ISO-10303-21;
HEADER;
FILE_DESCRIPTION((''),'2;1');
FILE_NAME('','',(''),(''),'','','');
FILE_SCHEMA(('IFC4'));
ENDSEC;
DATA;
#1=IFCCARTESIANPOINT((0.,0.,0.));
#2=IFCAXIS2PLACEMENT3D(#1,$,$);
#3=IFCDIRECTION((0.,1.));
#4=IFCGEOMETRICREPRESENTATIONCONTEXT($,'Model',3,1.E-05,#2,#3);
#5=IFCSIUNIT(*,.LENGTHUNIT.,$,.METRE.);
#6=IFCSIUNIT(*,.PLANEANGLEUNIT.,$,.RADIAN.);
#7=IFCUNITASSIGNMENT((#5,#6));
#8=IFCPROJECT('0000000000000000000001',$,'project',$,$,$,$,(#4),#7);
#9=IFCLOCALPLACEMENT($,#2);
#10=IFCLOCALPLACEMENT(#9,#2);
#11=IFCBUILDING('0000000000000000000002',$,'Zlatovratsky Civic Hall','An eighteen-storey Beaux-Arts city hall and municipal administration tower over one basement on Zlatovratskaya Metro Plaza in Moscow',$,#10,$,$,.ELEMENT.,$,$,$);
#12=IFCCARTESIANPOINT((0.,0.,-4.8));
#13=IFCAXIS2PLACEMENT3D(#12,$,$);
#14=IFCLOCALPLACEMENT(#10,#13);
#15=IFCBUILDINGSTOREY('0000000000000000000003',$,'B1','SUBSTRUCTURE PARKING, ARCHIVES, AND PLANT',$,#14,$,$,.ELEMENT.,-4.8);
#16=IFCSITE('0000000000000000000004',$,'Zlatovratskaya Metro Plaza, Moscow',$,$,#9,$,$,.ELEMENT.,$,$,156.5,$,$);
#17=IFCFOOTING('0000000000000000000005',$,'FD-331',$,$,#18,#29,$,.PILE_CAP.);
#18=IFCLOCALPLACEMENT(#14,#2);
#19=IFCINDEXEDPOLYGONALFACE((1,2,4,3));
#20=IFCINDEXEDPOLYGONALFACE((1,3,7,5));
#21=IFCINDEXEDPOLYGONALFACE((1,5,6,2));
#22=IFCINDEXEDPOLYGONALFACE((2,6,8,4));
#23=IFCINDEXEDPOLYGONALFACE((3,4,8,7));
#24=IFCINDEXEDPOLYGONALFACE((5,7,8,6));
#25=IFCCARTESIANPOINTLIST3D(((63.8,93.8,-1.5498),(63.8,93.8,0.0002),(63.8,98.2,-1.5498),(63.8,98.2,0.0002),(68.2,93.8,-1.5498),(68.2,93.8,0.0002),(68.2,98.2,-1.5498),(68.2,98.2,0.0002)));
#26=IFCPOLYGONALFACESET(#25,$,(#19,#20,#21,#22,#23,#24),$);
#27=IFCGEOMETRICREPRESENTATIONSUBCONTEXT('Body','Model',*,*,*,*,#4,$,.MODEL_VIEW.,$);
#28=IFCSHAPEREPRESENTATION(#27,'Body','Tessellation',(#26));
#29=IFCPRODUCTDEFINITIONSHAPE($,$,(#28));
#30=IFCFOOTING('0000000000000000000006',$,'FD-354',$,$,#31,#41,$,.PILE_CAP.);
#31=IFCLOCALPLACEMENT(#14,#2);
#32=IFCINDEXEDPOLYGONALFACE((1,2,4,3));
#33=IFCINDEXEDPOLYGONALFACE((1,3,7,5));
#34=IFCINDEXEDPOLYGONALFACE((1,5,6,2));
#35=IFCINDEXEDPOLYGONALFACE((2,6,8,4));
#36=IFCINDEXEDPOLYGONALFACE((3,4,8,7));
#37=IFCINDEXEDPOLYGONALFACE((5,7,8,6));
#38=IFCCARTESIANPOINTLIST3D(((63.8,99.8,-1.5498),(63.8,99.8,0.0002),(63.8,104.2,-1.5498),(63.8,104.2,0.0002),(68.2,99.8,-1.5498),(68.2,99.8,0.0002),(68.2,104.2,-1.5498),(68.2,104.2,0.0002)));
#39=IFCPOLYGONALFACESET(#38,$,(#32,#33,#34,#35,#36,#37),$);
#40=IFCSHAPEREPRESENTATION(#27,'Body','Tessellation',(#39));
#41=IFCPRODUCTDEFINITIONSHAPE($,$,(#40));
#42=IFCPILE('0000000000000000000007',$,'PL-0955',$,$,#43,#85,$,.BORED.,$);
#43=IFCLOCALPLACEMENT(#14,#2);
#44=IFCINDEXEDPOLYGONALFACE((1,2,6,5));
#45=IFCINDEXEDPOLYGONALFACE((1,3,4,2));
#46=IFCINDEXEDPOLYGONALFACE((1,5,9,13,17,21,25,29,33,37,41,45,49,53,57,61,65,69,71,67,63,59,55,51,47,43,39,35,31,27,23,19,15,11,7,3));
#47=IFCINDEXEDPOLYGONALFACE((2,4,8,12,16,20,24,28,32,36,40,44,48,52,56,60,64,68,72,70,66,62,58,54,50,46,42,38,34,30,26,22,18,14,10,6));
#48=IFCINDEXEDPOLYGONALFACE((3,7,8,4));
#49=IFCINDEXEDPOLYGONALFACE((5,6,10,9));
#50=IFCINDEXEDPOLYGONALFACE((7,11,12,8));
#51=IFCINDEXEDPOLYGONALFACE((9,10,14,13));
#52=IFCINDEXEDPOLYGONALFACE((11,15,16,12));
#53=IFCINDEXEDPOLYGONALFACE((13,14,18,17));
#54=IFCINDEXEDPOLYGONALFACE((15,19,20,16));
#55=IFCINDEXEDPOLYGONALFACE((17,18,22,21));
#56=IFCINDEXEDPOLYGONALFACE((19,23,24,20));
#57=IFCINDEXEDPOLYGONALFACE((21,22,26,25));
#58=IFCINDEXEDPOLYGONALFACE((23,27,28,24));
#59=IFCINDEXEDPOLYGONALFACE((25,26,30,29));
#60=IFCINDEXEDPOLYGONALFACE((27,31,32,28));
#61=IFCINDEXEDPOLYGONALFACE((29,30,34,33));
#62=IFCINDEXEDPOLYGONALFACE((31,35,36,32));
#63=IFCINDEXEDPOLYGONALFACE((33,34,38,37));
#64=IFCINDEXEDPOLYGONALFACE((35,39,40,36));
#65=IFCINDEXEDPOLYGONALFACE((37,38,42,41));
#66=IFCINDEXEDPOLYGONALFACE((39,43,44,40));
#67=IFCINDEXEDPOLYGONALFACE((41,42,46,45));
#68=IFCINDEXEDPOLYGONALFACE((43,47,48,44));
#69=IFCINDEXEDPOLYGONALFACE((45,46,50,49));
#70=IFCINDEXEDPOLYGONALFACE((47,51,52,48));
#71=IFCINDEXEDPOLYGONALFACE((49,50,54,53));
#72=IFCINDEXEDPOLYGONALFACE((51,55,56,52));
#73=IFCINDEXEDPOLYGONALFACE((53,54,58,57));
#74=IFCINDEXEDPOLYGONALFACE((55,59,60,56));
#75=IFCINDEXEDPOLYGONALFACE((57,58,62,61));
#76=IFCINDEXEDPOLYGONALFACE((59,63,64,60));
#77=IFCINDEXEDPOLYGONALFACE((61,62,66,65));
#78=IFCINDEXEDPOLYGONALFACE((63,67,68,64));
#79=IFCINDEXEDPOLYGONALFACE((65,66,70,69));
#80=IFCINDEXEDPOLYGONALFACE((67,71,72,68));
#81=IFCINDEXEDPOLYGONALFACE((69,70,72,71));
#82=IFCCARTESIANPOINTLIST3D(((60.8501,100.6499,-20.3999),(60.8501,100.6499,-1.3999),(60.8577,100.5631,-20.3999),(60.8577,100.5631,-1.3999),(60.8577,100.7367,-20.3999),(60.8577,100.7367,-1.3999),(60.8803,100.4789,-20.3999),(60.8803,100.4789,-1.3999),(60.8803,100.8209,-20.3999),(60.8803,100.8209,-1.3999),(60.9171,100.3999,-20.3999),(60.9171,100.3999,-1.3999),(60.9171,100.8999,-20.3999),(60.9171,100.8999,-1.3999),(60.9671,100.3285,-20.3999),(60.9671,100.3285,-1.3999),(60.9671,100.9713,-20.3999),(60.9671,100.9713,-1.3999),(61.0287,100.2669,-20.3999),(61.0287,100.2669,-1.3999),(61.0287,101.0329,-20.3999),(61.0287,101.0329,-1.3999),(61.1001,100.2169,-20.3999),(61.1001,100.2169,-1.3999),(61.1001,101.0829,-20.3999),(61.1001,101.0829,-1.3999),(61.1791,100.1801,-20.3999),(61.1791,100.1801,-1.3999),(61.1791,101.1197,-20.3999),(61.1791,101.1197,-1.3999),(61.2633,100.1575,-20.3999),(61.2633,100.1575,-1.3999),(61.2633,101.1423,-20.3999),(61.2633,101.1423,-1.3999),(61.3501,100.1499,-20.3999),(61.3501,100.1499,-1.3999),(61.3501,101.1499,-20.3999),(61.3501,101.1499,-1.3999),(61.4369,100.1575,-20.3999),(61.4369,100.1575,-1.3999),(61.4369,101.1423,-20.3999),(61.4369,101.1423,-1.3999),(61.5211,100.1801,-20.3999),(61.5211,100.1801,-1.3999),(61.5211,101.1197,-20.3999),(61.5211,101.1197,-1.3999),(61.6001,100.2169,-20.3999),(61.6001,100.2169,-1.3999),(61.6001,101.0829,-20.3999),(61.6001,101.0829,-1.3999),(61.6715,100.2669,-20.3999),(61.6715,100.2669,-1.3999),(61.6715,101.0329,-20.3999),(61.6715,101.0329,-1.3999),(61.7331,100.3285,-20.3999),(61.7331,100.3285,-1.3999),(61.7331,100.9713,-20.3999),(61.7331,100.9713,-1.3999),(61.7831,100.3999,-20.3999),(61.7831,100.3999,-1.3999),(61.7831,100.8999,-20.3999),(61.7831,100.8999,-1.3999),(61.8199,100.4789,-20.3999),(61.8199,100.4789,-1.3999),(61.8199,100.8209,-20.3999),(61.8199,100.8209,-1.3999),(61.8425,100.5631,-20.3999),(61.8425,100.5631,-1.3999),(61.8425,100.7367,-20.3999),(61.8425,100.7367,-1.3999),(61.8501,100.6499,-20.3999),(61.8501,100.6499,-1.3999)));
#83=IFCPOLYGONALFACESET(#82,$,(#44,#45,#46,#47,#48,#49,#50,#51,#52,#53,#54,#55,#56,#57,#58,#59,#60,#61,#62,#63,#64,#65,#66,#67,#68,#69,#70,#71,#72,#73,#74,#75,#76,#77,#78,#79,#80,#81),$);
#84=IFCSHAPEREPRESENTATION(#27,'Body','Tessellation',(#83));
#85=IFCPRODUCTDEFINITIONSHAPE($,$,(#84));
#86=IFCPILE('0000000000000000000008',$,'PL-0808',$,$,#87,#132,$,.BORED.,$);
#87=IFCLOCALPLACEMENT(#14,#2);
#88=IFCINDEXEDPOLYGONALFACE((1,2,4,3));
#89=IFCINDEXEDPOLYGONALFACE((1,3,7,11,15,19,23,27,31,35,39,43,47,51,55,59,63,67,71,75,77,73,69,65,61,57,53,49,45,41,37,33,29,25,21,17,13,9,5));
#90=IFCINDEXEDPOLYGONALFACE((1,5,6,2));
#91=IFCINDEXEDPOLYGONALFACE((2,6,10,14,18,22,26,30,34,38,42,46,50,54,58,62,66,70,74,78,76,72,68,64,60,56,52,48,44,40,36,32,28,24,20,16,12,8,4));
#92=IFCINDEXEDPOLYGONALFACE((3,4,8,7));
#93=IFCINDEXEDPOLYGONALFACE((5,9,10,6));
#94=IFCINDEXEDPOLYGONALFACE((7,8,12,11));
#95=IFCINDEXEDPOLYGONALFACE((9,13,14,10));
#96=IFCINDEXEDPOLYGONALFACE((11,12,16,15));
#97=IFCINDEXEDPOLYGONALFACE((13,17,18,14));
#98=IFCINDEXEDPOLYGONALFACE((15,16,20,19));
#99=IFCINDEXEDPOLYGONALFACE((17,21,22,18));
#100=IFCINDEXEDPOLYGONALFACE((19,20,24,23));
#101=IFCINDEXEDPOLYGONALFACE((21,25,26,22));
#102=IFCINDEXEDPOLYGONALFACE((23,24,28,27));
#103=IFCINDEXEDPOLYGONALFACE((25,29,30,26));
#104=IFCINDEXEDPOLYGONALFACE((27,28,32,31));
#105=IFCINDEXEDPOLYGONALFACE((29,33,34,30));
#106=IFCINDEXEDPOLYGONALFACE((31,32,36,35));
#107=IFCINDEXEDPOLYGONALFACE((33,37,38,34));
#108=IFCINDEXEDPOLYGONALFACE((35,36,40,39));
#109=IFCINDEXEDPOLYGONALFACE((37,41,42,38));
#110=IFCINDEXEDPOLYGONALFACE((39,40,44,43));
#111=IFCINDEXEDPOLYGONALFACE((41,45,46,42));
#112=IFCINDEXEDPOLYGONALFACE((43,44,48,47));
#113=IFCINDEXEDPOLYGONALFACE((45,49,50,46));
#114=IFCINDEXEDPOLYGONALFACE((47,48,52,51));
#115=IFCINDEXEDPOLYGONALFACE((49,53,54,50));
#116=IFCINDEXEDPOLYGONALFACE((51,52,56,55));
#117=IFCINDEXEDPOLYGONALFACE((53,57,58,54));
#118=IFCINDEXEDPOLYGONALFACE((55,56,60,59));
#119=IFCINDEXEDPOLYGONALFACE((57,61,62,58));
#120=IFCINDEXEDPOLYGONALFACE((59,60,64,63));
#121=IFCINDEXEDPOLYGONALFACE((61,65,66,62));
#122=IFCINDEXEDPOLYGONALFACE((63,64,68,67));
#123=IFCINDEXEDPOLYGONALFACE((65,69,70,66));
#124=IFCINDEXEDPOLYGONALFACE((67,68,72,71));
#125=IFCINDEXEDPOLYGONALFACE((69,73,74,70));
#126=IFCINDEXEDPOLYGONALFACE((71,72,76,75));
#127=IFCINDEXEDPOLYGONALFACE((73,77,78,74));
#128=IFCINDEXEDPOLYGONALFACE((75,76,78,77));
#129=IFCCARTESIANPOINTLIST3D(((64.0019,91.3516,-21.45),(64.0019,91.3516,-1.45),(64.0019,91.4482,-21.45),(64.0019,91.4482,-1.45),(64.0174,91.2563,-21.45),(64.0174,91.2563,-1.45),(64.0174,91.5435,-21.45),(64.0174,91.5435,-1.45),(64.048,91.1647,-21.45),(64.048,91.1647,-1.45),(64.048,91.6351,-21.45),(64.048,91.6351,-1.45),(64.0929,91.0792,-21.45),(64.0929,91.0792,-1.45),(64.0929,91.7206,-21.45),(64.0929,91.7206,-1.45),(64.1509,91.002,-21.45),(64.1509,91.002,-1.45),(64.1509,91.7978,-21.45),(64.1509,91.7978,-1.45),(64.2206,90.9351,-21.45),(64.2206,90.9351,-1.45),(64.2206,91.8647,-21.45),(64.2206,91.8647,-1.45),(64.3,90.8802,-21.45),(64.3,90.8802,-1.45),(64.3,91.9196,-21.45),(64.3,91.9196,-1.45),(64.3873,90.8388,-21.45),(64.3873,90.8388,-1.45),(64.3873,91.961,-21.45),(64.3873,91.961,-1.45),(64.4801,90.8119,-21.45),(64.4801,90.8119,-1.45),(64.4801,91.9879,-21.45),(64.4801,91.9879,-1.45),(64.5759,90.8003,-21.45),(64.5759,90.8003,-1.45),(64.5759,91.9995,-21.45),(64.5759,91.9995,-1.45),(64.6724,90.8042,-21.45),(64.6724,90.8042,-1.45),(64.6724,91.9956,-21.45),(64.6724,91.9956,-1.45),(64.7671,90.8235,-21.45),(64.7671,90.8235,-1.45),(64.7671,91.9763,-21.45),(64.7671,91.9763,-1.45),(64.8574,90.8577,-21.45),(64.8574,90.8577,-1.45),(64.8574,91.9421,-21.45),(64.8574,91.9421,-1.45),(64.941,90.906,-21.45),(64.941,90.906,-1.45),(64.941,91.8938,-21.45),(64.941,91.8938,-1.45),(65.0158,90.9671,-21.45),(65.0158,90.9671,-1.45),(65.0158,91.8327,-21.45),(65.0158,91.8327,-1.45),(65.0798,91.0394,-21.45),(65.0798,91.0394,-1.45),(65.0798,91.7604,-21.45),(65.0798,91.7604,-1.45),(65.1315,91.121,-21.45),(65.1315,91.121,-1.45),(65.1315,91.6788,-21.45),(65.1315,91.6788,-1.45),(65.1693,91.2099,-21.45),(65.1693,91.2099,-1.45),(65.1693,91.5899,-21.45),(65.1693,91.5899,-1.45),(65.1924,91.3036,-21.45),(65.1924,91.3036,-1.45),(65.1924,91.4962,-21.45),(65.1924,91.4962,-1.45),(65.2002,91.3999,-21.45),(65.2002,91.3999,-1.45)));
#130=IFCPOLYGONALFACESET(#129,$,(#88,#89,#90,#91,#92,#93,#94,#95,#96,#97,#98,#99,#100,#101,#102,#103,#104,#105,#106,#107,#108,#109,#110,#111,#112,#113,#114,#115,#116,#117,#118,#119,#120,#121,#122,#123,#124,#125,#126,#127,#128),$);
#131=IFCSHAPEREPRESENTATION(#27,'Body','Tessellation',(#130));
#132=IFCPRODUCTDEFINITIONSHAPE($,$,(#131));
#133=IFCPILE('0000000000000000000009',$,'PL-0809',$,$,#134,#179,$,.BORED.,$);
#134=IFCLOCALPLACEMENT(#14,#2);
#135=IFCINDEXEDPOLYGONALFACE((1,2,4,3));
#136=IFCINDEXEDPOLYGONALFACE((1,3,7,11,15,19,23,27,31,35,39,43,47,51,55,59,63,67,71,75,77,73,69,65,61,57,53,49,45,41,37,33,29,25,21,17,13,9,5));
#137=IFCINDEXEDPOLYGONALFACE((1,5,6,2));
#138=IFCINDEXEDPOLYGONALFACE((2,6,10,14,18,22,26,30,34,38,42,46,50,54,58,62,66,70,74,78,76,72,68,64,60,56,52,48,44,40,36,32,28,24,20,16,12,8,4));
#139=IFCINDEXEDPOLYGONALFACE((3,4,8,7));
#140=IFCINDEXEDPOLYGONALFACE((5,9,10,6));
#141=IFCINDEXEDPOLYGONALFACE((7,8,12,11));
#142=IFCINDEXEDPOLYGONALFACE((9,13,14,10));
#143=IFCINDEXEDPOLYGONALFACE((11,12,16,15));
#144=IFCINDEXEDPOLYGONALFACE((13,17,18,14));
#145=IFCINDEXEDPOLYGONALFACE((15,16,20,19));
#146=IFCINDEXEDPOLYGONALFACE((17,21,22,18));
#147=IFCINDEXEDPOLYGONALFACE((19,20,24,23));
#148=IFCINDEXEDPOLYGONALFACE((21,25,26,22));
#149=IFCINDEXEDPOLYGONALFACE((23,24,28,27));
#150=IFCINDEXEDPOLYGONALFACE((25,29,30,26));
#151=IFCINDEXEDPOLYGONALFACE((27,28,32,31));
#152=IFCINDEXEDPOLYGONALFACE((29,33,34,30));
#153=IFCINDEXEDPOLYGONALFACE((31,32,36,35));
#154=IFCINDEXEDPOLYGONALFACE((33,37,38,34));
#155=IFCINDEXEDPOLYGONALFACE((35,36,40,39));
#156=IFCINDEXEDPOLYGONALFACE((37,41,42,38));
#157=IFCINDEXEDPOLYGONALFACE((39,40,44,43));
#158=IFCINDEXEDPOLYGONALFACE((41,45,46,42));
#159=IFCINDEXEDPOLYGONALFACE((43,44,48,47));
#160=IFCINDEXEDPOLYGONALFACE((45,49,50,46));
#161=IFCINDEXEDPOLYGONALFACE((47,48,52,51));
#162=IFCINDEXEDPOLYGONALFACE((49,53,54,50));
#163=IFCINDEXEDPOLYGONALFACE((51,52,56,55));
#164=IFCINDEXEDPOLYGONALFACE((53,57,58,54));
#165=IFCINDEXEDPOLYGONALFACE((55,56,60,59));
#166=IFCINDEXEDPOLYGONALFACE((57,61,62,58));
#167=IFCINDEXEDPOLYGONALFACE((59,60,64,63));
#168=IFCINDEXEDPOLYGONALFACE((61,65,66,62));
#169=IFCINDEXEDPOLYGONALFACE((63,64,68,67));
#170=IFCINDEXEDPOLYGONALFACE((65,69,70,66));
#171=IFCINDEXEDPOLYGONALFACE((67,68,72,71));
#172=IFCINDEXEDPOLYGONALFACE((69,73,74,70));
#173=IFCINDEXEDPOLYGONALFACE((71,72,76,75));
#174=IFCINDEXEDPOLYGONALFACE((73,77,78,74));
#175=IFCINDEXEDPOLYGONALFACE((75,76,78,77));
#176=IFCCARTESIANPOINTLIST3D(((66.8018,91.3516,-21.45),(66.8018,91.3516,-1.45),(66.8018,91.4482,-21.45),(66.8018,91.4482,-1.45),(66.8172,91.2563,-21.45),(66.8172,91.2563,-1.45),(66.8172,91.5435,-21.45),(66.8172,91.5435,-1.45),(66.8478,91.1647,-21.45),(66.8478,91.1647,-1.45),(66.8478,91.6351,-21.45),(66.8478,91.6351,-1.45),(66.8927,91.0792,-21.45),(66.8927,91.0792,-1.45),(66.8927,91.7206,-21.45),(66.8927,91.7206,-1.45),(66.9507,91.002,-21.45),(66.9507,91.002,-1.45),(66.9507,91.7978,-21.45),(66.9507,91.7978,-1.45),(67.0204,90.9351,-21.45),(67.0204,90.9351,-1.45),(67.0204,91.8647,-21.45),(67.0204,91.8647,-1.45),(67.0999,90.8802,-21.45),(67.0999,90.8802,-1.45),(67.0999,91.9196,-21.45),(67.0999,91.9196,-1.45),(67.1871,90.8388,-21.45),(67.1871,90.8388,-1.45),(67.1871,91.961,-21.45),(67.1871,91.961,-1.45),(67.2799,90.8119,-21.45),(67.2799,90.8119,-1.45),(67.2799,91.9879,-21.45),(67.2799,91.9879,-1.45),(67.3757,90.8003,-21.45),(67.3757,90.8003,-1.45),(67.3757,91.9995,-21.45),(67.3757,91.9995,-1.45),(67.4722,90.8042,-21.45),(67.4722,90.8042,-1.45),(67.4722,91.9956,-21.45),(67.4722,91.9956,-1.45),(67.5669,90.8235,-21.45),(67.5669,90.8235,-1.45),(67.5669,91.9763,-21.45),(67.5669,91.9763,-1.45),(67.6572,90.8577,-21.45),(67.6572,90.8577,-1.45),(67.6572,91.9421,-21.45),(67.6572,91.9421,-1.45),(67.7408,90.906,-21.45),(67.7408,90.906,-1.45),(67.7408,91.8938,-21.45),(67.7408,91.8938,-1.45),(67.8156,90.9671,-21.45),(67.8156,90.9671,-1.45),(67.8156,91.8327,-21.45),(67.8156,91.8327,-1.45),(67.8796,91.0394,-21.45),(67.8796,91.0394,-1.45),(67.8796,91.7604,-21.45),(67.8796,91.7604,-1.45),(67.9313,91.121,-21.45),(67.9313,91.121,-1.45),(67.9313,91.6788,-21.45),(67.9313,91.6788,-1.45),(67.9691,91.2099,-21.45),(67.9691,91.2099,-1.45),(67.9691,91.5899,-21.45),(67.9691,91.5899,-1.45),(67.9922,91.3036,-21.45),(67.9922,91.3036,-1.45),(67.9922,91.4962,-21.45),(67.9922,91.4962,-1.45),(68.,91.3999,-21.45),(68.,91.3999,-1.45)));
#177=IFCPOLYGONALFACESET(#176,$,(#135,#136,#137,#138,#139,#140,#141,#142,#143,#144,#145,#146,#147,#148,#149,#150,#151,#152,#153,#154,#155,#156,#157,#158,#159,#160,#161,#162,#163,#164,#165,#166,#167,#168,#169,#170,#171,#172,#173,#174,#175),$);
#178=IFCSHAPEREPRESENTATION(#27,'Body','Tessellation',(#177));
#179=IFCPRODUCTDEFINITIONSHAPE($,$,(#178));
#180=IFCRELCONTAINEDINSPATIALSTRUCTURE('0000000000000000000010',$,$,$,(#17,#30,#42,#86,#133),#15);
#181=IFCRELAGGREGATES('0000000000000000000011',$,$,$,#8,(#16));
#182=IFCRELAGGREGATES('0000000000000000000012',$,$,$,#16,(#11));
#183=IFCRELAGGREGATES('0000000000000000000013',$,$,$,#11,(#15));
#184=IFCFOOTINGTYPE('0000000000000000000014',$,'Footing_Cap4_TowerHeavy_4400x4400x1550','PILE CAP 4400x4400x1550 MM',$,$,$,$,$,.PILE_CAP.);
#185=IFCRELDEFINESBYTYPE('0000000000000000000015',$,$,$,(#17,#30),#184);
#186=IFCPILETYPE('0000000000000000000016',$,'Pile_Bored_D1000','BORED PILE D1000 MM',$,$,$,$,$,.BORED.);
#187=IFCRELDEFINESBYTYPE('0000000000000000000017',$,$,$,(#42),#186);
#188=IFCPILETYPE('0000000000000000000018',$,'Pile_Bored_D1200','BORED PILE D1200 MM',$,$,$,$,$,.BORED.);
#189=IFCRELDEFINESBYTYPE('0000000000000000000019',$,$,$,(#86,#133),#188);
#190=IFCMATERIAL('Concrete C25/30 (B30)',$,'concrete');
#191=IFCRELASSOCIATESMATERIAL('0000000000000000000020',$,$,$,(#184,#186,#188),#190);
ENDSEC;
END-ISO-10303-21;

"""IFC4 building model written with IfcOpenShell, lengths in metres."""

from ifc_helpers import new_model, si_unit, direction, frame, origin, origin_2d, place, context, subcontext, project, spatial, rectangle, circle, extrude, material, material_profile, profile_set, type_object, element, save


model = new_model("IFC4")

# Units and contexts
model_context = context("Model", 3, precision=1e-05, world=origin(), true_north=direction((0.0, 1.0)))
body_context = subcontext(model_context, "Body", "Model", "MODEL_VIEW")
ifc_project = project(units=[si_unit("LENGTHUNIT", "METRE"), si_unit("PLANEANGLEUNIT", "RADIAN")], contexts=[model_context])

# Site, building, storey
site_placement = place(None, origin())
site = spatial("IfcSite", under=ifc_project, at=site_placement, Name="Zlatovratskaya Metro Plaza, Moscow", CompositionType="ELEMENT", RefElevation=156.5)
building_placement = place(site_placement, origin())
building = spatial("IfcBuilding", under=site, at=building_placement, Name="Zlatovratsky Civic Hall", Description="An eighteen-storey Beaux-Arts city hall and municipal administration tower over one basement on Zlatovratskaya Metro Plaza in Moscow", CompositionType="ELEMENT")
storey_placement = place(building_placement, frame((0.0, 0.0, -4.8)))
storey = spatial("IfcBuildingStorey", under=building, at=storey_placement, Name="B1", Description="SUBSTRUCTURE PARKING, ARCHIVES, AND PLANT", CompositionType="ELEMENT", Elevation=-4.8)

# Footings
ifc_material_1 = material(Name="Concrete C25/30 (B30)", Category="concrete")
footing_type = type_object("IfcFootingType", Name="Footing_Cap4_TowerHeavy_4400x4400x1550", Description="PILE CAP 4400x4400x1550 MM", PredefinedType="PILE_CAP", material=ifc_material_1)
for number, where, z_axis, x_axis, name in (
    (1, (66.0, 96.0, -1.5498), (0.0, 0.0, 1.0), (1.0, 0.0, 0.0), "FD-331"),
    (2, (66.0, 102.0, -1.5498), (0.0, 0.0, 1.0), (1.0, 0.0, 0.0), "FD-354"),
):
    element("IfcFooting", number, at=place(storey_placement, frame(where, z_axis=z_axis, x_axis=x_axis)), inside=storey, type_object=footing_type, Name=name, PredefinedType="PILE_CAP", context=body_context, shape_type="SweptSolid", body=[
        extrude(rectangle(XDim=4.3999, YDim=4.3999, at=origin_2d()), origin(), (0.0, 0.0, 1.0), 1.55),
    ])

# Piles
ifc_material_profile_1 = material_profile(ifc_material_1, circle(Radius=0.5, at=origin_2d()), Name="PILE D1000")
ifc_profile_set_1 = profile_set([ifc_material_profile_1], Name="Concrete C25/30 (B30)")
pile_type_1 = type_object("IfcPileType", Name="Pile_Bored_D1000", Description="BORED PILE D1000 MM", PredefinedType="BORED", material=ifc_profile_set_1)
pile_placement = place(storey_placement, frame((61.3501, 100.6499, -1.3999), z_axis=(0.0, 0.0, -1.0), x_axis=(1.0, 0.0, 0.0)))
element("IfcPile", 3, at=pile_placement, inside=storey, type_object=pile_type_1, Name="PL-0955", PredefinedType="BORED", context=body_context, shape_type="SweptSolid", body=[
    extrude(circle(Radius=0.5, at=origin_2d()), origin(), (0.0, 0.0, 1.0), 19.0),
])
ifc_material_profile_2 = material_profile(ifc_material_1, circle(Radius=0.6001, at=origin_2d()), Name="PILE D1200")
ifc_profile_set_2 = profile_set([ifc_material_profile_2], Name="Concrete C25/30 (B30)")
pile_type_2 = type_object("IfcPileType", Name="Pile_Bored_D1200", Description="BORED PILE D1200 MM", PredefinedType="BORED", material=ifc_profile_set_2)
for number, where, z_axis, x_axis, name in (
    (4, (64.6001, 91.3999, -1.45), (0.0, 0.0, -1.0), (1.0, 0.0, 0.0), "PL-0808"),
    (5, (67.3999, 91.3999, -1.45), (0.0, 0.0, -1.0), (1.0, 0.0, 0.0), "PL-0809"),
):
    element("IfcPile", number, at=place(storey_placement, frame(where, z_axis=z_axis, x_axis=x_axis)), inside=storey, type_object=pile_type_2, Name=name, PredefinedType="BORED", context=body_context, shape_type="SweptSolid", body=[
        extrude(circle(Radius=0.6001, at=origin_2d()), origin(), (0.0, 0.0, 1.0), 20.0),
    ])

save(model, "model.ifc")
